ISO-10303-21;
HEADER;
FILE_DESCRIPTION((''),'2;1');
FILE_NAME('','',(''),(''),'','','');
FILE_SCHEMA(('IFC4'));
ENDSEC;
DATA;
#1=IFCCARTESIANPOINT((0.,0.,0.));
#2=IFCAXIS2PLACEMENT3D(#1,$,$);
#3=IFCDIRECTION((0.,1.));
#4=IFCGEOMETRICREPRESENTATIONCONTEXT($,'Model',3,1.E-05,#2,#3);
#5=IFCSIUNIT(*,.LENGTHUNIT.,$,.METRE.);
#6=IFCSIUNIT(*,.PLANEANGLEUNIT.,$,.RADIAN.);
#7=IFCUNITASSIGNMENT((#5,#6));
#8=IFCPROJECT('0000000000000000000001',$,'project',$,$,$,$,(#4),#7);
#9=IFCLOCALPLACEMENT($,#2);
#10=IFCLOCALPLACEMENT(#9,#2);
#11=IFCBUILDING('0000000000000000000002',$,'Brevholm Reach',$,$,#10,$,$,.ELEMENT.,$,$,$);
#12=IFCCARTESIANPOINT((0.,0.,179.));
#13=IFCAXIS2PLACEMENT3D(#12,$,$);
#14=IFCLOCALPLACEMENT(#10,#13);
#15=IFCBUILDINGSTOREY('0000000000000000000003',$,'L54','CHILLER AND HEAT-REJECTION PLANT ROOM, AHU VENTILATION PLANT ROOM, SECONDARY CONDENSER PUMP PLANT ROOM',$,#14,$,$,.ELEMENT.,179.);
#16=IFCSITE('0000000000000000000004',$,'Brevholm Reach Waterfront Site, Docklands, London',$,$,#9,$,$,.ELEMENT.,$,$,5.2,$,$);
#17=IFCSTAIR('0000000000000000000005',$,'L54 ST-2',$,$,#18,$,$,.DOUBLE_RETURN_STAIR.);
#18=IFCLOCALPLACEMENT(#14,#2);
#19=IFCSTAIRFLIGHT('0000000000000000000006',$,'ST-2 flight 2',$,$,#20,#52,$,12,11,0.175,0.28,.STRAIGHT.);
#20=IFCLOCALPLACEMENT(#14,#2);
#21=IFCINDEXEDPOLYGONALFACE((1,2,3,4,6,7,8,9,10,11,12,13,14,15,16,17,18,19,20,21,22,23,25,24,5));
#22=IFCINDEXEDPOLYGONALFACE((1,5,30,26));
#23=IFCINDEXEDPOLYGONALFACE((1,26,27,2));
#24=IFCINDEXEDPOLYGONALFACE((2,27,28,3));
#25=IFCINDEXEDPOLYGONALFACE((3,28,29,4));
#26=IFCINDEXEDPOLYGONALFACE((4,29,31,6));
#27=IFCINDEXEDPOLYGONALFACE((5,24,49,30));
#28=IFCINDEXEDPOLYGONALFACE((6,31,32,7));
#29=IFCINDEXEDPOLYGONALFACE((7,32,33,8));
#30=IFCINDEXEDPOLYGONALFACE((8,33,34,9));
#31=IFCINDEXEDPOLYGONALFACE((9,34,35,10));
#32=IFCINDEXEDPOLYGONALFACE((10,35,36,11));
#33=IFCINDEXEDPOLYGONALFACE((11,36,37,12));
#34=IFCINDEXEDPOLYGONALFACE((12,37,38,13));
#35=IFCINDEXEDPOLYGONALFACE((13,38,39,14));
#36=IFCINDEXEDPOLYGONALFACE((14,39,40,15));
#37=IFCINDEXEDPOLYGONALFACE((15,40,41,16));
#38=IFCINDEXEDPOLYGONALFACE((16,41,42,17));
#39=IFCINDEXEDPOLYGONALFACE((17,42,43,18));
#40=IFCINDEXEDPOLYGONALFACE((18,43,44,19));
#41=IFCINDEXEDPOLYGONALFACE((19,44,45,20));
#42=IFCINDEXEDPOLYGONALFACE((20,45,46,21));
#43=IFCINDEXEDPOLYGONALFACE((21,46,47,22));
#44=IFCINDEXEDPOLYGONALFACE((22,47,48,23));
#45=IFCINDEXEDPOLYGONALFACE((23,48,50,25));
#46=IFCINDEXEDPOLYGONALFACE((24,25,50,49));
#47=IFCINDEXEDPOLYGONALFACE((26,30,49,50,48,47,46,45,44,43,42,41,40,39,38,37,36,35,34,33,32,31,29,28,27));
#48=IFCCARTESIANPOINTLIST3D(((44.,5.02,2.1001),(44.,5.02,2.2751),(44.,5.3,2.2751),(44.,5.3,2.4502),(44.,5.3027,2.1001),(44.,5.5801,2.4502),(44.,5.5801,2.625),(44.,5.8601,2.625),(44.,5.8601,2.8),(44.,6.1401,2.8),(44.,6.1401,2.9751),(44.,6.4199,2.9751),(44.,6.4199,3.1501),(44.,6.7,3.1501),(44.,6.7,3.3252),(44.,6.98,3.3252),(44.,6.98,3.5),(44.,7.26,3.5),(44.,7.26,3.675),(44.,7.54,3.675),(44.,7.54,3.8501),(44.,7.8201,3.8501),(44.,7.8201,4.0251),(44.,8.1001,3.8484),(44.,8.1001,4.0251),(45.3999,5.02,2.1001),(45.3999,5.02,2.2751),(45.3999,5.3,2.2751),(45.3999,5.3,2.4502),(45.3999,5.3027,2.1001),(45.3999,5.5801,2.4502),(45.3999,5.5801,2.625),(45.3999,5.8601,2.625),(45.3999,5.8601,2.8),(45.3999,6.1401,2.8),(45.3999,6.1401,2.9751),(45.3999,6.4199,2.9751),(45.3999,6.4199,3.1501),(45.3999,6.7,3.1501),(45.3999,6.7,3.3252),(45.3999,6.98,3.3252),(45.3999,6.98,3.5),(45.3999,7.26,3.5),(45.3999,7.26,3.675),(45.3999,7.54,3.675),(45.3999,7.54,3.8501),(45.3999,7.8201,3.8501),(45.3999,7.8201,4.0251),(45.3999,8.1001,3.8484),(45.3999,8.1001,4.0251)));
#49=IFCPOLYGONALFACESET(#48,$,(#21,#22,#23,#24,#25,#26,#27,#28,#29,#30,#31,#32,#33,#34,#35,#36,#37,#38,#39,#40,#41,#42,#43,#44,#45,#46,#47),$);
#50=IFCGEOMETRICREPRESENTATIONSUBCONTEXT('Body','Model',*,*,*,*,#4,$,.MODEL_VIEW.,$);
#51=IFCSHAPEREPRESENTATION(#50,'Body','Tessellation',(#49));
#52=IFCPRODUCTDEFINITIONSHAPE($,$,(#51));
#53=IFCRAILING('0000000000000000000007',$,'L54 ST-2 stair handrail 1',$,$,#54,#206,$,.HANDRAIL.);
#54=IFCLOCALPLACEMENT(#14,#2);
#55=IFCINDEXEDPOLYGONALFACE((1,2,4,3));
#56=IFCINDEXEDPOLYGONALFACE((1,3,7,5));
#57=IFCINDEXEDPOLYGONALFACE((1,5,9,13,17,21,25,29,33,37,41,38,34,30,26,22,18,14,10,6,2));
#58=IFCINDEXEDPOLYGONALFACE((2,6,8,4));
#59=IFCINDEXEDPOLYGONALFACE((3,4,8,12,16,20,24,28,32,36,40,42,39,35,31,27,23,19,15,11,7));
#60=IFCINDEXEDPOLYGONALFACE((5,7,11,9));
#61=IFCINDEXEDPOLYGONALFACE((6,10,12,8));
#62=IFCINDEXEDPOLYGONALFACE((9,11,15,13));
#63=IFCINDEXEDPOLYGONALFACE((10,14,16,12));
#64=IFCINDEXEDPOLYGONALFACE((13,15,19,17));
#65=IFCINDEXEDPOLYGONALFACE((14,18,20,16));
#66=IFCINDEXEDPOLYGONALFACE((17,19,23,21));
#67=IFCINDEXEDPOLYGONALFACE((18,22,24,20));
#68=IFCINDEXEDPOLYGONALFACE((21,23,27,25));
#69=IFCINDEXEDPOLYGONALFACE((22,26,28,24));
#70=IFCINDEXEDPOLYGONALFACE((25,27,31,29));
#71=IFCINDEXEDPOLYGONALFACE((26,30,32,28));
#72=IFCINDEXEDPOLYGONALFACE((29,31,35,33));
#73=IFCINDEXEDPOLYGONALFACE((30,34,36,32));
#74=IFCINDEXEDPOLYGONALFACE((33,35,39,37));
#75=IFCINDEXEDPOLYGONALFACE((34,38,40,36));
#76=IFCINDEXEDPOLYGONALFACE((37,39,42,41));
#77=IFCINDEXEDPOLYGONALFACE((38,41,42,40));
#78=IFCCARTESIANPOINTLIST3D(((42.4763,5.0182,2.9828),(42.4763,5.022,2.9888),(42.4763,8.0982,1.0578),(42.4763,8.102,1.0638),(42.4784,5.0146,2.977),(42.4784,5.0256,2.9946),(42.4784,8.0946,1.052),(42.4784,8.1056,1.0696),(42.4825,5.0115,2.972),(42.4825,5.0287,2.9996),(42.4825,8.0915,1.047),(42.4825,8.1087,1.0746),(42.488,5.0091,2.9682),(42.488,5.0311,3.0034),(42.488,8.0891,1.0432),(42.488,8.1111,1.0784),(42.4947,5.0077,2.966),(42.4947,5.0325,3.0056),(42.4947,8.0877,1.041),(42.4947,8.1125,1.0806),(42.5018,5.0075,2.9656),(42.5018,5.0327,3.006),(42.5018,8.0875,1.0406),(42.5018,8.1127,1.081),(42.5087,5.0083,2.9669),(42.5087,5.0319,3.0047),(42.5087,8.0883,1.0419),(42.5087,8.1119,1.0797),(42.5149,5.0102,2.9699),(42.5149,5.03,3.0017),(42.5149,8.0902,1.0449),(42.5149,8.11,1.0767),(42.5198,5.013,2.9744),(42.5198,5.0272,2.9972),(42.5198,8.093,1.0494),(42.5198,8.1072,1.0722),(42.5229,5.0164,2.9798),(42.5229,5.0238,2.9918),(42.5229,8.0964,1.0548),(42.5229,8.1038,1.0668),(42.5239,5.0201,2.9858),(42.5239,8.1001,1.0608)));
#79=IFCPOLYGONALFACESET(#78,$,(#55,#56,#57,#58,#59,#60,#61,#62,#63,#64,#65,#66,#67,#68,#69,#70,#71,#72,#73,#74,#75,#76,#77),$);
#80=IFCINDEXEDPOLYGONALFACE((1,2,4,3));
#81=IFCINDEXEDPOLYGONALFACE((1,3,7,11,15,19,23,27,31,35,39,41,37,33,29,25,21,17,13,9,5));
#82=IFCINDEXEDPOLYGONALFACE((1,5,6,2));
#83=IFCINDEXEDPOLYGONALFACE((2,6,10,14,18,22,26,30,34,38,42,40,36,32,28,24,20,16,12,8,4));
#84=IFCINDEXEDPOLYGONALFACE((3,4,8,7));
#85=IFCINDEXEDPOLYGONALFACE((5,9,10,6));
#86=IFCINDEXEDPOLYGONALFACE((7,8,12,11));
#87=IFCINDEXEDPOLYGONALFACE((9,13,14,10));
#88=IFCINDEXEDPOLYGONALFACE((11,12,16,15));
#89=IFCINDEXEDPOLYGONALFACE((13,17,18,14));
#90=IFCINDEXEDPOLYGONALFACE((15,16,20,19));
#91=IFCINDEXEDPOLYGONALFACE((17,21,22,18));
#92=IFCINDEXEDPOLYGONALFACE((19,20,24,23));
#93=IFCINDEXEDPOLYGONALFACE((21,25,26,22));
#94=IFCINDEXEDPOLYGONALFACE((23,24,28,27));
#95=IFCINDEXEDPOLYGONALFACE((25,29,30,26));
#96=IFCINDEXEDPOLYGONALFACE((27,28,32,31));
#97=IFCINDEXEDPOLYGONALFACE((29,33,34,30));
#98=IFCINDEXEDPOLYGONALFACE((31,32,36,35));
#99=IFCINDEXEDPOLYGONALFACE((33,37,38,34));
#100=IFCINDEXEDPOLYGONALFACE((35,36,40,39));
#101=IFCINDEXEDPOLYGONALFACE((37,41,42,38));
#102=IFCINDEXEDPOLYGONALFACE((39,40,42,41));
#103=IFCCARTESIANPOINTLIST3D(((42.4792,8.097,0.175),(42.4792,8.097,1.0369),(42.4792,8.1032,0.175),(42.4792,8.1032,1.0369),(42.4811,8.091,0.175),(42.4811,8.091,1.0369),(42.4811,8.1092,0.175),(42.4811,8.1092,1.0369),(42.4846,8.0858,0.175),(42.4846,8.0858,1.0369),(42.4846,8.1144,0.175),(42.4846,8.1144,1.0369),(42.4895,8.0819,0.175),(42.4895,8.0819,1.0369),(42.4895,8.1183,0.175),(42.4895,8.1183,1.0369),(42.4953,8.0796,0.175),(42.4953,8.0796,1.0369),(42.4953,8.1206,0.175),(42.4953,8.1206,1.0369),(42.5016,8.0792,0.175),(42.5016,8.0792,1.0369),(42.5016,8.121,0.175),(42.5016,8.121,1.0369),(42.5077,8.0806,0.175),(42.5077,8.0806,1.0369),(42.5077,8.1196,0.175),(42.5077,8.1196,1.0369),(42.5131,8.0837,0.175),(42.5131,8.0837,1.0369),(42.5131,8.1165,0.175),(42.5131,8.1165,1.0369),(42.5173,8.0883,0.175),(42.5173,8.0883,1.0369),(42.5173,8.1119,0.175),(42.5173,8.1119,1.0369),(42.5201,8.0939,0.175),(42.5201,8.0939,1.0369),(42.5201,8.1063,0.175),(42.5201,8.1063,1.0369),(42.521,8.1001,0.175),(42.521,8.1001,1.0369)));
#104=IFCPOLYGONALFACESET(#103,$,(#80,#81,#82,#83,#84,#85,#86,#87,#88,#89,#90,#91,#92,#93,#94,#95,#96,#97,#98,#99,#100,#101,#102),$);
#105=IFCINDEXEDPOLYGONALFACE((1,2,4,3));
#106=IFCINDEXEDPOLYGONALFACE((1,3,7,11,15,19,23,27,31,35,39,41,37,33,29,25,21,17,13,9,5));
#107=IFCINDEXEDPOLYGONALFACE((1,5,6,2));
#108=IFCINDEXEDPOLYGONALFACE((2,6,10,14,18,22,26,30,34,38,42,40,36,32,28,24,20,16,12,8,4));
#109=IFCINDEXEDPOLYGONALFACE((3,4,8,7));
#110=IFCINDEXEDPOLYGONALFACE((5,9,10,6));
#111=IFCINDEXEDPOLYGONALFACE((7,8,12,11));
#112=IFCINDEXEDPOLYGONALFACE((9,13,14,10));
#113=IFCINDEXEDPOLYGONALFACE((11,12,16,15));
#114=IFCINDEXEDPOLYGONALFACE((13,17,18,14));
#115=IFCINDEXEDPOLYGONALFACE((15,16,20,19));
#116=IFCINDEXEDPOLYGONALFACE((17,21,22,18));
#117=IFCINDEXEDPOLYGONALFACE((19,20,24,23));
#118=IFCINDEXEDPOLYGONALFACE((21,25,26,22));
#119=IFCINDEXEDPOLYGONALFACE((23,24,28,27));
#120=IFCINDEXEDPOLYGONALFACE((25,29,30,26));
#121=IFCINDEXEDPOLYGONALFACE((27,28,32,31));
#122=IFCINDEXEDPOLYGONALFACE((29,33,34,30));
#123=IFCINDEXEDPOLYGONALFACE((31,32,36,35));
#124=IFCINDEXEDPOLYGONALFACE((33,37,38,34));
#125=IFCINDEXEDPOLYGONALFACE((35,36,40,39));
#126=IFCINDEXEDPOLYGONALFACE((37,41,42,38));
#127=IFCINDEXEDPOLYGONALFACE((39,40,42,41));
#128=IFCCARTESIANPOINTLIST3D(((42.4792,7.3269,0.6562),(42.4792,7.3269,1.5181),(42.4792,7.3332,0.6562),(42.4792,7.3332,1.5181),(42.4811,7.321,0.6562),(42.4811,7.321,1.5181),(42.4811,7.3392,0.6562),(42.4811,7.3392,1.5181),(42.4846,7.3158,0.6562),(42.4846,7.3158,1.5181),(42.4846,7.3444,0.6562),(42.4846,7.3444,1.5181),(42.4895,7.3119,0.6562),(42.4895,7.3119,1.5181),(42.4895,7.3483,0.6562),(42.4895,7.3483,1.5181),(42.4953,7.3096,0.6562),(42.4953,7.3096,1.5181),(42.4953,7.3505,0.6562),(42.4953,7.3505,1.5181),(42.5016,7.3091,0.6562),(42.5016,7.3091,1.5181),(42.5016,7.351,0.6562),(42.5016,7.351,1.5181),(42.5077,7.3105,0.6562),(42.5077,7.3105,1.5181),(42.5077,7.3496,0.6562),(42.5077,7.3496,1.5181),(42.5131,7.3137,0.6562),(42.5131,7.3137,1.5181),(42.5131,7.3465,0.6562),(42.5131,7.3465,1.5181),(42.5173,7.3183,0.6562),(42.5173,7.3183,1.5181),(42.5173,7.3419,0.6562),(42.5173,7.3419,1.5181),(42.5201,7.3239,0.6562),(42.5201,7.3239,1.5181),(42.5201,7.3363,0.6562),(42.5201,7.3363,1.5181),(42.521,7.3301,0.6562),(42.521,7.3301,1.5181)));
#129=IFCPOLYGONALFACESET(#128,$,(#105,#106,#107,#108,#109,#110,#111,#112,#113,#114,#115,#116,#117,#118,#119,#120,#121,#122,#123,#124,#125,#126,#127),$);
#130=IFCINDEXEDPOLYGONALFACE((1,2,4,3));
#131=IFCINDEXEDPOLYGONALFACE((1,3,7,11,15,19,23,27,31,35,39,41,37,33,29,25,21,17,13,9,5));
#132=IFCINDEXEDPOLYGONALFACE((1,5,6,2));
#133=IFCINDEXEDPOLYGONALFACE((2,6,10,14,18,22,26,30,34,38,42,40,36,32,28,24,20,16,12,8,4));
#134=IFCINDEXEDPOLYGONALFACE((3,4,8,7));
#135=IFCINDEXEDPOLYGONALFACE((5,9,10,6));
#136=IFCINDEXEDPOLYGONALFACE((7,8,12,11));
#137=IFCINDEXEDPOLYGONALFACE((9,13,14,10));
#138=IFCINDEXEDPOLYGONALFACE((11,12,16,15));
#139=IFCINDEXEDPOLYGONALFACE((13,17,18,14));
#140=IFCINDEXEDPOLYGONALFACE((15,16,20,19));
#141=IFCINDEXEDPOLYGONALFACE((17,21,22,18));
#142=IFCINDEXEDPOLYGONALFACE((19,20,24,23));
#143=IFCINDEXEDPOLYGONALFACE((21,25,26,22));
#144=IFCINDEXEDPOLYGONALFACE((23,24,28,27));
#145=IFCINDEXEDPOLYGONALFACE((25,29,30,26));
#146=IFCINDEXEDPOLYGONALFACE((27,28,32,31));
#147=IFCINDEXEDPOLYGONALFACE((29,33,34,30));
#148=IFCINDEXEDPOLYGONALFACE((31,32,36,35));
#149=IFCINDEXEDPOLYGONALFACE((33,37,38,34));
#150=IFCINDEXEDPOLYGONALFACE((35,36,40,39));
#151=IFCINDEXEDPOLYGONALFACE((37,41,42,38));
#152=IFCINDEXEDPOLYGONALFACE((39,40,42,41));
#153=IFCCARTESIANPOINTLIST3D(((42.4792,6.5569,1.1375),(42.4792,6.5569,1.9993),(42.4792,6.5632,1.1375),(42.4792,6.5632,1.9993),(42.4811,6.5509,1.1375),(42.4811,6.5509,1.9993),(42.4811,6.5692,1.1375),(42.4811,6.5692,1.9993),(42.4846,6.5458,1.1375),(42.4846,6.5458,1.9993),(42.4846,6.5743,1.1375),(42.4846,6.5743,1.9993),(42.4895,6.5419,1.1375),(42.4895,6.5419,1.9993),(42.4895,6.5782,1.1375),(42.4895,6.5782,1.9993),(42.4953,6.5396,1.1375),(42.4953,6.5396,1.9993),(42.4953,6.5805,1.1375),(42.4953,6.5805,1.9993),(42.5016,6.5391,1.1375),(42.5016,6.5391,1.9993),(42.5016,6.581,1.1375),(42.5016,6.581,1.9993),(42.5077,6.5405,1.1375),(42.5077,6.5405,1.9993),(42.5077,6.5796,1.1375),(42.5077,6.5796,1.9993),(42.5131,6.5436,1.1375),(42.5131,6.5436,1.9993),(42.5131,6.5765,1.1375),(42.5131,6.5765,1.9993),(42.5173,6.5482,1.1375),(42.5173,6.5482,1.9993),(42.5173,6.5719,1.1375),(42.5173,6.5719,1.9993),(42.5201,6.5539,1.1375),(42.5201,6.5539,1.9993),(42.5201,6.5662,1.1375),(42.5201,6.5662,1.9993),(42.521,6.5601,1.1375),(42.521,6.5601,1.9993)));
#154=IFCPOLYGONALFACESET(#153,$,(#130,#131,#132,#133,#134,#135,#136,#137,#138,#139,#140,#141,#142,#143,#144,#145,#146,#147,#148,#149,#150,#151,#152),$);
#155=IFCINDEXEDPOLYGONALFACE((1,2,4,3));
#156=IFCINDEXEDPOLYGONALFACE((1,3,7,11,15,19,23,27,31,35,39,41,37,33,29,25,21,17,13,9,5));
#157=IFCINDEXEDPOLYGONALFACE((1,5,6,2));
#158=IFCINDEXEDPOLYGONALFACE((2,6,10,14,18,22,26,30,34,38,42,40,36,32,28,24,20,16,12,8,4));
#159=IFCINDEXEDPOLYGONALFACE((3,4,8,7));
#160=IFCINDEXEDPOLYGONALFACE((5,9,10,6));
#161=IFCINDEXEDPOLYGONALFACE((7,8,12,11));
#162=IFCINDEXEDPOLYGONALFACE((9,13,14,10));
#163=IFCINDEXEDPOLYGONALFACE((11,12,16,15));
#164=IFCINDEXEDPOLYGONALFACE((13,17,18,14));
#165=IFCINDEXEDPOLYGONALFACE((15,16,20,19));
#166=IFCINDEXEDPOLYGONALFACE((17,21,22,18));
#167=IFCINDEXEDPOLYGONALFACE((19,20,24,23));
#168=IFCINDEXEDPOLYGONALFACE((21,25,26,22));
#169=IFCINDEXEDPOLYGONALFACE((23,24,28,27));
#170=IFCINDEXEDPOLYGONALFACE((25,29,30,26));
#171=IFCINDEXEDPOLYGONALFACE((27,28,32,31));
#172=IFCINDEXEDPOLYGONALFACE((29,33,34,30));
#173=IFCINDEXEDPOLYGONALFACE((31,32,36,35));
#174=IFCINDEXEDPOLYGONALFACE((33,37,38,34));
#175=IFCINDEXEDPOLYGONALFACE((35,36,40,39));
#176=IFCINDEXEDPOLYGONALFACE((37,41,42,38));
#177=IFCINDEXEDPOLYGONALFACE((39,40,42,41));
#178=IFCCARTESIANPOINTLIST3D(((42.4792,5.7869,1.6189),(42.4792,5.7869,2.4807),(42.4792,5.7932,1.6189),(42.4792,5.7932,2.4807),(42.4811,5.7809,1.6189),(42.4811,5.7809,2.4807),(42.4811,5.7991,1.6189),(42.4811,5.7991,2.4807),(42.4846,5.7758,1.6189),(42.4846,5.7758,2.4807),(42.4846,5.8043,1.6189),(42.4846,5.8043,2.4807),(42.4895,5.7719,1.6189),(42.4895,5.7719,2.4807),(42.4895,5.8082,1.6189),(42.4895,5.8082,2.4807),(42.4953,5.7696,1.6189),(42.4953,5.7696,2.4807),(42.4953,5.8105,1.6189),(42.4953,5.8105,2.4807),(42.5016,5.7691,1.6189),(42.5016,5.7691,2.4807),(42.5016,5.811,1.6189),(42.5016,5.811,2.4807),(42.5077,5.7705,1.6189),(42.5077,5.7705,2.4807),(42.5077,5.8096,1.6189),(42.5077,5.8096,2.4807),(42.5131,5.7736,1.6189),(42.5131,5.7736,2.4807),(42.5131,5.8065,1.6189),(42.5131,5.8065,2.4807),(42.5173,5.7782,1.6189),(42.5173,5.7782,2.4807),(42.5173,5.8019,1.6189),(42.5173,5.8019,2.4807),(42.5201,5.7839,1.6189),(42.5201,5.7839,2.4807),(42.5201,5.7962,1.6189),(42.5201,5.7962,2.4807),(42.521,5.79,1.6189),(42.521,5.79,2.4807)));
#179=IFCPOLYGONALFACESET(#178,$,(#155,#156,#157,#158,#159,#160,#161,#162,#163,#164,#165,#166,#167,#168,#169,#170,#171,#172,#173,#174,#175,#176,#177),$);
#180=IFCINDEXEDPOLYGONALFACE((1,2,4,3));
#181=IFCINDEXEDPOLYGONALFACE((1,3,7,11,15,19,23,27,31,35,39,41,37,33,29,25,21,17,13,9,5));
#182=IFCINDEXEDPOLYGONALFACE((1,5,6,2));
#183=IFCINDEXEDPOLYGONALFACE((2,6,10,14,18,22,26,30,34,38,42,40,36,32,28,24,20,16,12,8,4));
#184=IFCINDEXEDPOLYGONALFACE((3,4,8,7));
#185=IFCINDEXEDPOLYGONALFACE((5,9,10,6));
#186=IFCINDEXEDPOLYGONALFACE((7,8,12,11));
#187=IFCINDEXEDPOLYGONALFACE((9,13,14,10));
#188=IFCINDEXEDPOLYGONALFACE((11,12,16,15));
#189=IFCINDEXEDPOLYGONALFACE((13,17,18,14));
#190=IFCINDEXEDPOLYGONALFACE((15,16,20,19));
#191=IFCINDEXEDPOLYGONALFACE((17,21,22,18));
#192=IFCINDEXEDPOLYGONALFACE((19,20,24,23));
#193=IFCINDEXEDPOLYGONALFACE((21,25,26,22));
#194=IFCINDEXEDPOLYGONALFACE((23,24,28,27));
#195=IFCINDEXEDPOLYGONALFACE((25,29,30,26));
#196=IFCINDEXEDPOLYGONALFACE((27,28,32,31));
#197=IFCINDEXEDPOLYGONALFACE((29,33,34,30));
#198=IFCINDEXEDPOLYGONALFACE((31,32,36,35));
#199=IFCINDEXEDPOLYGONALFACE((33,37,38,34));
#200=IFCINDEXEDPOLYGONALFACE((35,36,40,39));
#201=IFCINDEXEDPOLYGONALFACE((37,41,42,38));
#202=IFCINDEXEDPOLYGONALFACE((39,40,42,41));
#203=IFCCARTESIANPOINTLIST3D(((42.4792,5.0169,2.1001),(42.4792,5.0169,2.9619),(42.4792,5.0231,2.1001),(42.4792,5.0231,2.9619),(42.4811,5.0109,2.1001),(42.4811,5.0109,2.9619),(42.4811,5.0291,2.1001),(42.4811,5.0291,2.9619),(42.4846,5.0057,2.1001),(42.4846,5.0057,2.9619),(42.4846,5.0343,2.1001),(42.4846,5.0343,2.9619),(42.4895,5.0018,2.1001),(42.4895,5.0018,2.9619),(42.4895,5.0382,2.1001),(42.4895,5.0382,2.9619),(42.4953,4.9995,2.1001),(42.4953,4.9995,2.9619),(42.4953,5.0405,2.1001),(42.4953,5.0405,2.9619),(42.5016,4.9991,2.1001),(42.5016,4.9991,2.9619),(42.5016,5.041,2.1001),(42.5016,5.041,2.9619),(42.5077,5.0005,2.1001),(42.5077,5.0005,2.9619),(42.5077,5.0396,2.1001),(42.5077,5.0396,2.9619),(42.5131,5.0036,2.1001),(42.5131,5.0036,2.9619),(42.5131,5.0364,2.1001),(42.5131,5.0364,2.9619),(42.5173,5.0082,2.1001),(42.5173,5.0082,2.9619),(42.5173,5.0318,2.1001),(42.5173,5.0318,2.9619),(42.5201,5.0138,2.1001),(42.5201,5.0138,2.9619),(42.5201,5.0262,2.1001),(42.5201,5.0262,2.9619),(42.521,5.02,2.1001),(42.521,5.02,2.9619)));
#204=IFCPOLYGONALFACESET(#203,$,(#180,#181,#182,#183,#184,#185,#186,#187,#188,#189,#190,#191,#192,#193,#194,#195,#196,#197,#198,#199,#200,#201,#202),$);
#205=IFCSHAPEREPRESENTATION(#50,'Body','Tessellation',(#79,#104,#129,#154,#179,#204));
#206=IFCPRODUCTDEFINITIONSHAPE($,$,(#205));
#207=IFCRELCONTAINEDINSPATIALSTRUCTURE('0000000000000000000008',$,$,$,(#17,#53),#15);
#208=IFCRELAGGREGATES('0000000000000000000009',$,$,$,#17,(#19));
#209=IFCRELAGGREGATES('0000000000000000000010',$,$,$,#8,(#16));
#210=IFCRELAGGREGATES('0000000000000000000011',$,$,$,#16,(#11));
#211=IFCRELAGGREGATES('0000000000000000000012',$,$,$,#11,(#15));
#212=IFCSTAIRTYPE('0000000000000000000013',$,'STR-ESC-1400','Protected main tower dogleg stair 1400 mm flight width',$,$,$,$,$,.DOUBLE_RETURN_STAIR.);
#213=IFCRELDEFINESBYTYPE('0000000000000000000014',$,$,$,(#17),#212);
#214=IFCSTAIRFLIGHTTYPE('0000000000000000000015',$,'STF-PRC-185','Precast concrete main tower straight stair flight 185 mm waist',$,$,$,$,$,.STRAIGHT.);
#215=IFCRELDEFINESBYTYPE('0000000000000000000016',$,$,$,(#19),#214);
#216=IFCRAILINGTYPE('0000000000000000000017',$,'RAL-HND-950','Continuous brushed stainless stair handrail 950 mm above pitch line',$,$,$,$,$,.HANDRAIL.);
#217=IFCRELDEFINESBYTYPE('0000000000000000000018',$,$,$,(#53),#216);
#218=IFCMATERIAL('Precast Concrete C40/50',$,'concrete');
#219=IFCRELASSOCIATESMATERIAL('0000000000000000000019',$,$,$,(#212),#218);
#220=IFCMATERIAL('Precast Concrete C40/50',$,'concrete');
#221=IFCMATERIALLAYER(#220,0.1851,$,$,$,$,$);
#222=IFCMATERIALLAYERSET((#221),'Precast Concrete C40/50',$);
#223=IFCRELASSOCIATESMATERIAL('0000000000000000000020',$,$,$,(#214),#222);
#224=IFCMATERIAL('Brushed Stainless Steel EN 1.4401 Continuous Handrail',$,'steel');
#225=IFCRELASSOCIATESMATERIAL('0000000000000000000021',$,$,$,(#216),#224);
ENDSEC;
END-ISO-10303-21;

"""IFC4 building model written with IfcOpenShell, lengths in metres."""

from ifc_helpers import new_model, si_unit, direction, frame, origin, origin_2d, place, context, subcontext, project, spatial, polyline, circle, outline, extrude, material, layer, layer_set, type_object, element, aggregate, save


model = new_model("IFC4")

# Units and contexts
model_context = context("Model", 3, precision=1e-05, world=origin(), true_north=direction((0.0, 1.0)))
body_context = subcontext(model_context, "Body", "Model", "MODEL_VIEW")
ifc_project = project(units=[si_unit("LENGTHUNIT", "METRE"), si_unit("PLANEANGLEUNIT", "RADIAN")], contexts=[model_context])

# Site, building, storey
site_placement = place(None, origin())
site = spatial("IfcSite", under=ifc_project, at=site_placement, Name="Brevholm Reach Waterfront Site, Docklands, London", CompositionType="ELEMENT", RefElevation=5.2)
building_placement = place(site_placement, origin())
building = spatial("IfcBuilding", under=site, at=building_placement, Name="Brevholm Reach", CompositionType="ELEMENT")
storey_placement = place(building_placement, frame((0.0, 0.0, 179.0)))
storey = spatial("IfcBuildingStorey", under=building, at=storey_placement, Name="L54", Description="CHILLER AND HEAT-REJECTION PLANT ROOM, AHU VENTILATION PLANT ROOM, SECONDARY CONDENSER PUMP PLANT ROOM", CompositionType="ELEMENT", Elevation=179.0)

# Stair, stair flight
ifc_material_1 = material(Name="Precast Concrete C40/50", Category="concrete")
stair_type = type_object("IfcStairType", Name="STR-ESC-1400", Description="Protected main tower dogleg stair 1400 mm flight width", PredefinedType="DOUBLE_RETURN_STAIR", material=ifc_material_1)
stair_placement = place(storey_placement, origin())
stair = element("IfcStair", 1, at=stair_placement, inside=storey, type_object=stair_type, Name="L54 ST-2", PredefinedType="DOUBLE_RETURN_STAIR")
ifc_material_2 = material(Name="Precast Concrete C40/50", Category="concrete")
ifc_layer_1 = layer(ifc_material_2, 0.1851)
ifc_layer_set_1 = layer_set([ifc_layer_1], Name="Precast Concrete C40/50")
stair_flight_type = type_object("IfcStairFlightType", Name="STF-PRC-185", Description="Precast concrete main tower straight stair flight 185 mm waist", PredefinedType="STRAIGHT", material=ifc_layer_set_1)
stair_flight_1_placement = place(storey_placement, frame((44.7, 5.02, 2.1001), z_axis=(0.0, 0.0, 1.0), x_axis=(0.0, 1.0, 0.0)))
stair_flight_1 = element("IfcStairFlight", 2, at=stair_flight_1_placement, type_object=stair_flight_type, Name="ST-2 flight 2", NumberOfRisers=12, NumberOfTreads=11, PredefinedType="STRAIGHT", RiserHeight=0.175, TreadLength=0.28, context=body_context, shape_type="SweptSolid", body=[
    extrude(outline(polyline([(0.0, 0.0), (0.0, 0.175), (0.28, 0.175), (0.28, 0.3501), (0.5601, 0.3501), (0.5601, 0.5249), (0.8401, 0.5249), (0.8401, 0.7), (1.1201, 0.7), (1.1201, 0.875), (1.3999, 0.875), (1.3999, 1.05), (1.6799, 1.05), (1.6799, 1.2251), (1.96, 1.2251), (1.96, 1.3999), (2.24, 1.3999), (2.24, 1.575), (2.52, 1.575), (2.52, 1.75), (2.8, 1.75), (2.8, 1.925), (3.0801, 1.925), (3.0801, 2.1001), (3.0801, 1.7483), (0.2827, 0.0), (0.0, 0.0)])), frame((0.0, 0.7, 0.0), z_axis=(0.0, -1.0, 0.0), x_axis=(1.0, 0.0, 0.0)), (0.0, 0.0, 1.0), 1.3999),
])
aggregate(stair, [stair_flight_1])

# Railing
ifc_material_3 = material(Name="Brushed Stainless Steel EN 1.4401 Continuous Handrail", Category="steel")
railing_type_1 = type_object("IfcRailingType", Name="RAL-HND-950", Description="Continuous brushed stainless stair handrail 950 mm above pitch line", PredefinedType="HANDRAIL", material=ifc_material_3)
railing_1_placement = place(storey_placement, frame((42.5, 8.1001, 0.175)))
element("IfcRailing", 3, at=railing_1_placement, inside=storey, type_object=railing_type_1, Name="L54 ST-2 stair handrail 1", PredefinedType="HANDRAIL", context=body_context, shape_type="SweptSolid", body=[
    extrude(circle(Radius=0.0239, at=origin_2d()), frame((0.0, 0.0, 0.8857), z_axis=(0.0, -0.847998, 0.529999), x_axis=(1.0, 0.0, 0.0)), (0.0, 0.0, 1.0), 3.6321),
    extrude(circle(Radius=0.021, at=origin_2d()), origin(), (0.0, 0.0, 1.0), 0.8618),
    extrude(circle(Radius=0.021, at=origin_2d()), frame((0.0, -0.77, 0.4812)), (0.0, 0.0, 1.0), 0.8618),
    extrude(circle(Radius=0.021, at=origin_2d()), frame((0.0, -1.54, 0.9624)), (0.0, 0.0, 1.0), 0.8618),
    extrude(circle(Radius=0.021, at=origin_2d()), frame((0.0, -2.3101, 1.4438)), (0.0, 0.0, 1.0), 0.8618),
    extrude(circle(Radius=0.021, at=origin_2d()), frame((0.0, -3.0801, 1.925)), (0.0, 0.0, 1.0), 0.8618),
])

save(model, "model.ifc")
